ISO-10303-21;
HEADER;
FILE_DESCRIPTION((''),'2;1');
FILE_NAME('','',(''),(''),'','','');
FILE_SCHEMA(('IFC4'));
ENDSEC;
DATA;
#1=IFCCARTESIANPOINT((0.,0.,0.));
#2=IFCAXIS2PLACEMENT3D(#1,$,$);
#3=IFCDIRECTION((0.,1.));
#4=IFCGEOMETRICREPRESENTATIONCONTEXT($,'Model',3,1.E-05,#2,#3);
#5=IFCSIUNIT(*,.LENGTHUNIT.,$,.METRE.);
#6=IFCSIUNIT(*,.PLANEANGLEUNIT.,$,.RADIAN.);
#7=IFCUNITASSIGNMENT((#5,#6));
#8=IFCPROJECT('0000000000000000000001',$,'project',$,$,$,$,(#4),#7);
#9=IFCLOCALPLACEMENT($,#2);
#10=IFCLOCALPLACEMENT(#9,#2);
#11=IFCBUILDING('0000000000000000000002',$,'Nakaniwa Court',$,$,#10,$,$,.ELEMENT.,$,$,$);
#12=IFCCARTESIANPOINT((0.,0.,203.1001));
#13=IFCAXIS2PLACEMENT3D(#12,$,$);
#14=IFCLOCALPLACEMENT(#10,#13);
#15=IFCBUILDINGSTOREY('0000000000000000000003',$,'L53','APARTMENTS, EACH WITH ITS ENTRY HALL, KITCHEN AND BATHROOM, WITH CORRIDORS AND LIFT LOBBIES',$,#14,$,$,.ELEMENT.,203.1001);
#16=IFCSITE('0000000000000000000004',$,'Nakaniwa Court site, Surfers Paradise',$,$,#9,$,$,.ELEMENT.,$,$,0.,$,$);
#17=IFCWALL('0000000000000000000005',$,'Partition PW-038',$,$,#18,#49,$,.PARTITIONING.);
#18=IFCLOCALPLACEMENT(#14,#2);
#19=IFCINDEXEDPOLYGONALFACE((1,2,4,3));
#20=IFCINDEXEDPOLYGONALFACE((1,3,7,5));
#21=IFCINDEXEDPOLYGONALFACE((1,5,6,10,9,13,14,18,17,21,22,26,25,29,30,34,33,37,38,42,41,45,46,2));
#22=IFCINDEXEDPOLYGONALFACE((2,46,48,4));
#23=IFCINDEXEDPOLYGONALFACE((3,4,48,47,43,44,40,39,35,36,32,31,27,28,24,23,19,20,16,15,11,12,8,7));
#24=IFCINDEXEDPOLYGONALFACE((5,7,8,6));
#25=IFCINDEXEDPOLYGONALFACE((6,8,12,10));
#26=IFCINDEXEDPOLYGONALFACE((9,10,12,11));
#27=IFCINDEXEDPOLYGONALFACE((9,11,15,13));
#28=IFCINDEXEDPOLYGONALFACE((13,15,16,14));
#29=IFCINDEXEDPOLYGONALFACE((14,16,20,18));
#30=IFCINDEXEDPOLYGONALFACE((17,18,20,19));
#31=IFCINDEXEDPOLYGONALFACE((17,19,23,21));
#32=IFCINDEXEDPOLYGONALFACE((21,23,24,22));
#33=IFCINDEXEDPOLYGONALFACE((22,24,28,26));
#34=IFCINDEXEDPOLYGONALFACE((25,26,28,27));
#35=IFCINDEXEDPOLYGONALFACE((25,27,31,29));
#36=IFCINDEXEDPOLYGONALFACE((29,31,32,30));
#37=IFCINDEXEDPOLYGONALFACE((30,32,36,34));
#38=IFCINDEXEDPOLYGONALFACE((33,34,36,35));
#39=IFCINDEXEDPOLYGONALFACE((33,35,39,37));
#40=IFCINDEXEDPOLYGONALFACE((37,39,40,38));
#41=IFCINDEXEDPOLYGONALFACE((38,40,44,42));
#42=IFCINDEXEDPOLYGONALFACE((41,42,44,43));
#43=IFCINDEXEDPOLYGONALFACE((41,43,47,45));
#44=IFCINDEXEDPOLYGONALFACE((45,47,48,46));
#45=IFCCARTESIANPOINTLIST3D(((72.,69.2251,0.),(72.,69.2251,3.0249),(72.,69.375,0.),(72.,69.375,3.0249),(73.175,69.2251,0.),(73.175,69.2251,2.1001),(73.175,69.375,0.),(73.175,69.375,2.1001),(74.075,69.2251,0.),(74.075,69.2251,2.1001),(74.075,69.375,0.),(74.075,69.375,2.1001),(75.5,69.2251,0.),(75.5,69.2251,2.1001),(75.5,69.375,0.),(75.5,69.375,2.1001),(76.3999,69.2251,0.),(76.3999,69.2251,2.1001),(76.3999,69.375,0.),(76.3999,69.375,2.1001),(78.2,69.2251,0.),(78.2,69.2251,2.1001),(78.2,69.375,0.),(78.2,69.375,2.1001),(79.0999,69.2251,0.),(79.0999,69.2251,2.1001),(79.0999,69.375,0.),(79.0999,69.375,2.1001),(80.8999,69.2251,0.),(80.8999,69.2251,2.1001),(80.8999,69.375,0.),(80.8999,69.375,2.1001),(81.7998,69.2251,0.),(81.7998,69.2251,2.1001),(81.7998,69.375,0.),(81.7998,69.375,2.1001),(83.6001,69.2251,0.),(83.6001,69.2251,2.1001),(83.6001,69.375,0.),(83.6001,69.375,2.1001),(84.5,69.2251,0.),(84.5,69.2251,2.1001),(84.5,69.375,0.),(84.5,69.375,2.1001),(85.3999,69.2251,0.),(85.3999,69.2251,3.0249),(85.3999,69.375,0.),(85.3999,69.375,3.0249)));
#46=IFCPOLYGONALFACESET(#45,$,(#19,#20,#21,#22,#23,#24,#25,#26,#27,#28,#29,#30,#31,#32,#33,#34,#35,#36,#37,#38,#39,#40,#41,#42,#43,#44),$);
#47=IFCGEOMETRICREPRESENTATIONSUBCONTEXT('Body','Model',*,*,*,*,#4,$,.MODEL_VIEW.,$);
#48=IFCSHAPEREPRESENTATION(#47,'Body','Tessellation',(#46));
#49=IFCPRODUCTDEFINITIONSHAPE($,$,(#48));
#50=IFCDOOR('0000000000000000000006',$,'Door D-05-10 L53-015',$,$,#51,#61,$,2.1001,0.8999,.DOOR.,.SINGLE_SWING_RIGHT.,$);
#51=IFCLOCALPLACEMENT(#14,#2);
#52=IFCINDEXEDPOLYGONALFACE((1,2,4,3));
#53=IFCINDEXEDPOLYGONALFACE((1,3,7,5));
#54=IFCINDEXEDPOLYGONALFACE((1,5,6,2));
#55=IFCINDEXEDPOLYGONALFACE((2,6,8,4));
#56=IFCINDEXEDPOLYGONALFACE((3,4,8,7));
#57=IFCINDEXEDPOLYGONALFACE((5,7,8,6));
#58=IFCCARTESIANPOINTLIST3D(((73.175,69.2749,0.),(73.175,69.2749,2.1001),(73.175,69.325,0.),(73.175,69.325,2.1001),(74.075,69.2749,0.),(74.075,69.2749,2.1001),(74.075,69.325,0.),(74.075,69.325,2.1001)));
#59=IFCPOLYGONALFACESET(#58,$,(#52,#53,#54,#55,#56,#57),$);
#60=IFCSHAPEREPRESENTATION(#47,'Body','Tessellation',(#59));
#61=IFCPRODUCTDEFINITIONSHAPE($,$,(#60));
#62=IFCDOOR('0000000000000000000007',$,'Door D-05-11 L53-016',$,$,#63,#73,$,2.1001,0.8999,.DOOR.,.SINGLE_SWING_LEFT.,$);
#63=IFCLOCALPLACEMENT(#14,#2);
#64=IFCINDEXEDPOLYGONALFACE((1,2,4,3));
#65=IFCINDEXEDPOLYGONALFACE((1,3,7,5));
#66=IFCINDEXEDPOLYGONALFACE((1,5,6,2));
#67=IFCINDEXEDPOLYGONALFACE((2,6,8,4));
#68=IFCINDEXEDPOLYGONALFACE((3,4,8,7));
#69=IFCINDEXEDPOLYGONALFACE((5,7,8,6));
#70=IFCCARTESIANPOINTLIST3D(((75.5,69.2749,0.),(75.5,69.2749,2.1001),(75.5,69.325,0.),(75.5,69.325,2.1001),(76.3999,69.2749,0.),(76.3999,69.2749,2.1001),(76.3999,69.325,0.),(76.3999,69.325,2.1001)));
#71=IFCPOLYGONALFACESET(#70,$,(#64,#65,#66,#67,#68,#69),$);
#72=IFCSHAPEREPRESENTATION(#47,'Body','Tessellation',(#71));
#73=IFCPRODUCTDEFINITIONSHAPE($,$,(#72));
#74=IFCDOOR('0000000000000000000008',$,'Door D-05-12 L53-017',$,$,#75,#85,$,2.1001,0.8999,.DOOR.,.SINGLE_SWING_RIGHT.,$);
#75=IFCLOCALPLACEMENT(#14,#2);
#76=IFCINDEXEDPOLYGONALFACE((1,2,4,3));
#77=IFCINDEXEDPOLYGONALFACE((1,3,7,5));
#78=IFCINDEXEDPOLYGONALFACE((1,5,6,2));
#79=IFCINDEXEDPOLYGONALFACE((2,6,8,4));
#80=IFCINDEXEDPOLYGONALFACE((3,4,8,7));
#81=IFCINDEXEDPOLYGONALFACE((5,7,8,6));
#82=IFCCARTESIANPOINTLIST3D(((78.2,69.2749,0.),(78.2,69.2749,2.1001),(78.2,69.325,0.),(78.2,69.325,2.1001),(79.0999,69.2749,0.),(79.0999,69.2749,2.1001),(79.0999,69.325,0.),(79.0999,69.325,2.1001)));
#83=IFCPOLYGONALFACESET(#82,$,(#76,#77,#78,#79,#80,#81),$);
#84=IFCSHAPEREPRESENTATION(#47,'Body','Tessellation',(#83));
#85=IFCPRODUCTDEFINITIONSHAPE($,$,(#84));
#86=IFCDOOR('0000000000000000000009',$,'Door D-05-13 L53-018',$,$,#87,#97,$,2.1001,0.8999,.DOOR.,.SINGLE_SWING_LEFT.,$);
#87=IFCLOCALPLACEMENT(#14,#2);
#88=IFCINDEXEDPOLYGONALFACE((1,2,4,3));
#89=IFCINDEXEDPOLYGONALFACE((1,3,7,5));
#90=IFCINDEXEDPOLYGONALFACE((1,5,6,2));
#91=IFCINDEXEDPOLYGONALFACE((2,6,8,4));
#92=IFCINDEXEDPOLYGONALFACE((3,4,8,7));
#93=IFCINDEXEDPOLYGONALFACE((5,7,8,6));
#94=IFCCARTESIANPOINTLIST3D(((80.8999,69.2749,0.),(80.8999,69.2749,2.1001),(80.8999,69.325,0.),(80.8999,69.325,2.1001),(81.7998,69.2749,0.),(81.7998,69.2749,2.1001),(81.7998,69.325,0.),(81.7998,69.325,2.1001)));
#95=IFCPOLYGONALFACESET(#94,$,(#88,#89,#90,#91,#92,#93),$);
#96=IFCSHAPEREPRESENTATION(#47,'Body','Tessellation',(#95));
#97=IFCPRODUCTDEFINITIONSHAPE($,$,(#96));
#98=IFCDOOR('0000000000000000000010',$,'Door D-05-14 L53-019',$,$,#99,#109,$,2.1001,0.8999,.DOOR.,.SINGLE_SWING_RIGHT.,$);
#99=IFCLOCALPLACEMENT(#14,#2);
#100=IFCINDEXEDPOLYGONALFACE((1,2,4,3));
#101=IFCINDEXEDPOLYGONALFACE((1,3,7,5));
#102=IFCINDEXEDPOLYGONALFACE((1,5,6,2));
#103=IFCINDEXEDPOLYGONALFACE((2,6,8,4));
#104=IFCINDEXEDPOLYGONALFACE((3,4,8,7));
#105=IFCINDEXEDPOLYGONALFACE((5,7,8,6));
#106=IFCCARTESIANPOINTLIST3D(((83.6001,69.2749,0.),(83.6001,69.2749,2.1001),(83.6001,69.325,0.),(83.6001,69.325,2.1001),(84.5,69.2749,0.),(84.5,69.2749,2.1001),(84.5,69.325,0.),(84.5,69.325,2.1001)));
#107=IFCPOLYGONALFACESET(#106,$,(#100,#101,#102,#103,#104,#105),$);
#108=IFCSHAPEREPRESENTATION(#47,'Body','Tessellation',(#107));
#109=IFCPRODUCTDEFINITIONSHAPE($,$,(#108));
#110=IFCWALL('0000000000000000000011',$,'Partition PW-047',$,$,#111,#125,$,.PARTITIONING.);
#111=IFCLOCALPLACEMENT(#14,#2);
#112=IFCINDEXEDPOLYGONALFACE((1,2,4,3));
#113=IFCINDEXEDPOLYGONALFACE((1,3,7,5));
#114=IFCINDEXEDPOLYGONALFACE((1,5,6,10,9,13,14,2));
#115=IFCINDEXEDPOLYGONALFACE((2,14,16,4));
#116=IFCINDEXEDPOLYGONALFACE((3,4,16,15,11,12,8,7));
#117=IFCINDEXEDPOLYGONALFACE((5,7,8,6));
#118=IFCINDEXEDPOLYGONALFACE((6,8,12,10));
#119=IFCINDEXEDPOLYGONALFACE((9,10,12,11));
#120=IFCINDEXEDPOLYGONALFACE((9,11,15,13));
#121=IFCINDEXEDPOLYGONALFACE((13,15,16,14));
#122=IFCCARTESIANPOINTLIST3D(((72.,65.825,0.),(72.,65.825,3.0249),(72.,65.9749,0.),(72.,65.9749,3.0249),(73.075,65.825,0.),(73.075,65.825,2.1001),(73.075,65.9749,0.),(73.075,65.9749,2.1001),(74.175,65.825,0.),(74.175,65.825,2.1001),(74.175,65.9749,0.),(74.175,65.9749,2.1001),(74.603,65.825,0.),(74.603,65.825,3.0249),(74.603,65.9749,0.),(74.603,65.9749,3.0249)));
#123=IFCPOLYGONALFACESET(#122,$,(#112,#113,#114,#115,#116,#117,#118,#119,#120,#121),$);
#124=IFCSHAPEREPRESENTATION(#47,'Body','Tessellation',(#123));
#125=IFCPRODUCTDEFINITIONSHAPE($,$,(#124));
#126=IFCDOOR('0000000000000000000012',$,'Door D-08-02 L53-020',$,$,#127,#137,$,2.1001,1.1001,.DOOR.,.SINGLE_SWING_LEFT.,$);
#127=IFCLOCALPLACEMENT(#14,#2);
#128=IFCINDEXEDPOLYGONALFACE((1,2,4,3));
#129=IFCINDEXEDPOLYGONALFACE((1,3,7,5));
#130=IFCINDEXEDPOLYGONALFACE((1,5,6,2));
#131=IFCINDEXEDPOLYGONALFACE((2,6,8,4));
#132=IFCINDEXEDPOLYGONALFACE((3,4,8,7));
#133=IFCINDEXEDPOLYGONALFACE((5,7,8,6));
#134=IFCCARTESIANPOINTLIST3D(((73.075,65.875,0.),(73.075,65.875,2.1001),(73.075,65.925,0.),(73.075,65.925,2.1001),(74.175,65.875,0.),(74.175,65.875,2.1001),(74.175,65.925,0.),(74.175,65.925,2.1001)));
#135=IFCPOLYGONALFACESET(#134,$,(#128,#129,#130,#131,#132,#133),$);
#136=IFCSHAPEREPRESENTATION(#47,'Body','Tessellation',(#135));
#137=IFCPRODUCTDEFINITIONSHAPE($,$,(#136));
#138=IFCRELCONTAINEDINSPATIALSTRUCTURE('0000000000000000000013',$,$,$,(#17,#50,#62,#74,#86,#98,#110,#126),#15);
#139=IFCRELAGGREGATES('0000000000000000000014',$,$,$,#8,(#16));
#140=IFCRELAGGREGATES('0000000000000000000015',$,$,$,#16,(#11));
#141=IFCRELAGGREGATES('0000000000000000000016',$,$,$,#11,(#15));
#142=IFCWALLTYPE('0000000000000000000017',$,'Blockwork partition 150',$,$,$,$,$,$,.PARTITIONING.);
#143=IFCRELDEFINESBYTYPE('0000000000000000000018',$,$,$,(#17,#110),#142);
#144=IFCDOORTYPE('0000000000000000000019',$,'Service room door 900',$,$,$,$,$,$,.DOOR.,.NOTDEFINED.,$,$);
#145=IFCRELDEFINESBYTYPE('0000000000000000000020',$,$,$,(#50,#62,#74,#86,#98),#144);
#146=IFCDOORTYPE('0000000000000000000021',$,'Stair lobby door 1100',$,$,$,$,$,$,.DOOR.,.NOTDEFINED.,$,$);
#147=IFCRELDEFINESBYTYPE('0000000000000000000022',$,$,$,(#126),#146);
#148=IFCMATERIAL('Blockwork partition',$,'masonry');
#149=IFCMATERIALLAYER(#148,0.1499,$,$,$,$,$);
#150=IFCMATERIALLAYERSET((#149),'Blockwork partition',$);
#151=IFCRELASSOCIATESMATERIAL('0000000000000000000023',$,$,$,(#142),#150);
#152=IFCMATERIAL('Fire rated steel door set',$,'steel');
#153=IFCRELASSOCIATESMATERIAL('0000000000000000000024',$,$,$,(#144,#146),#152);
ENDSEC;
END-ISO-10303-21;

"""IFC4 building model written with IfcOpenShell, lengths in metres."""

from ifc_helpers import new_model, si_unit, direction, frame, frame_2d, origin, place, context, subcontext, project, spatial, rectangle, extrude, material, layer, layer_set, type_object, element, fill, save


model = new_model("IFC4")

# Units and contexts
model_context = context("Model", 3, precision=1e-05, world=origin(), true_north=direction((0.0, 1.0)))
body_context = subcontext(model_context, "Body", "Model", "MODEL_VIEW")
ifc_project = project(units=[si_unit("LENGTHUNIT", "METRE"), si_unit("PLANEANGLEUNIT", "RADIAN")], contexts=[model_context])

# Site, building, storey
site_placement = place(None, origin())
site = spatial("IfcSite", under=ifc_project, at=site_placement, Name="Nakaniwa Court site, Surfers Paradise", CompositionType="ELEMENT", RefElevation=0.0)
building_placement = place(site_placement, origin())
building = spatial("IfcBuilding", under=site, at=building_placement, Name="Nakaniwa Court", CompositionType="ELEMENT")
storey_placement = place(building_placement, frame((0.0, 0.0, 203.1001)))
storey = spatial("IfcBuildingStorey", under=building, at=storey_placement, Name="L53", Description="APARTMENTS, EACH WITH ITS ENTRY HALL, KITCHEN AND BATHROOM, WITH CORRIDORS AND LIFT LOBBIES", CompositionType="ELEMENT", Elevation=203.1001)

# Shared definitions
ifc_material_1 = material(Name="Blockwork partition", Category="masonry")
ifc_layer_1 = layer(ifc_material_1, 0.1499)
ifc_layer_set_1 = layer_set([ifc_layer_1], Name="Blockwork partition")
wall_type_1 = type_object("IfcWallType", Name="Blockwork partition 150", PredefinedType="PARTITIONING", material=ifc_layer_set_1)

# Wall, openings, doors
wall_1_placement = place(storey_placement, frame((72.0, 69.3, 0.0), z_axis=(0.0, 0.0, 1.0), x_axis=(1.0, 0.0, 0.0)))
wall_1 = element("IfcWall", 1, at=wall_1_placement, inside=storey, type_object=wall_type_1, Name="Partition PW-038", PredefinedType="PARTITIONING", context=body_context, shape_type="SweptSolid", body=[
    extrude(rectangle(XDim=13.3999, YDim=0.1499, at=frame_2d((6.7, 0.0))), origin(), (0.0, 0.0, 1.0), 3.0249),
])
opening_1_placement = place(wall_1_placement, frame((1.175, 0.0, 0.0)))
opening_1 = element("IfcOpeningElement", 2, at=opening_1_placement, cuts=wall_1, PredefinedType="OPENING", context=body_context, shape_type="SweptSolid", body=[
    extrude(rectangle(XDim=0.8999, YDim=2.1001, at=frame_2d((0.45, 1.05))), frame((0.0, 0.085, 0.0), z_axis=(0.0, -1.0, 0.0), x_axis=(1.0, 0.0, 0.0)), (0.0, 0.0, 1.0), 0.1699),
])
opening_2_placement = place(wall_1_placement, frame((3.5, 0.0, 0.0)))
opening_2 = element("IfcOpeningElement", 3, at=opening_2_placement, cuts=wall_1, PredefinedType="OPENING", context=body_context, shape_type="SweptSolid", body=[
    extrude(rectangle(XDim=0.8999, YDim=2.1001, at=frame_2d((0.45, 1.05))), frame((0.0, 0.085, 0.0), z_axis=(0.0, -1.0, 0.0), x_axis=(1.0, 0.0, 0.0)), (0.0, 0.0, 1.0), 0.1699),
])
opening_3_placement = place(wall_1_placement, frame((6.2, 0.0, 0.0)))
opening_3 = element("IfcOpeningElement", 4, at=opening_3_placement, cuts=wall_1, PredefinedType="OPENING", context=body_context, shape_type="SweptSolid", body=[
    extrude(rectangle(XDim=0.8999, YDim=2.1001, at=frame_2d((0.45, 1.05))), frame((0.0, 0.085, 0.0), z_axis=(0.0, -1.0, 0.0), x_axis=(1.0, 0.0, 0.0)), (0.0, 0.0, 1.0), 0.1699),
])
opening_4_placement = place(wall_1_placement, frame((8.8999, 0.0, 0.0)))
opening_4 = element("IfcOpeningElement", 5, at=opening_4_placement, cuts=wall_1, PredefinedType="OPENING", context=body_context, shape_type="SweptSolid", body=[
    extrude(rectangle(XDim=0.8999, YDim=2.1001, at=frame_2d((0.45, 1.05))), frame((0.0, 0.085, 0.0), z_axis=(0.0, -1.0, 0.0), x_axis=(1.0, 0.0, 0.0)), (0.0, 0.0, 1.0), 0.1699),
])
opening_5_placement = place(wall_1_placement, frame((11.6001, 0.0, 0.0)))
opening_5 = element("IfcOpeningElement", 6, at=opening_5_placement, cuts=wall_1, PredefinedType="OPENING", context=body_context, shape_type="SweptSolid", body=[
    extrude(rectangle(XDim=0.8999, YDim=2.1001, at=frame_2d((0.45, 1.05))), frame((0.0, 0.085, 0.0), z_axis=(0.0, -1.0, 0.0), x_axis=(1.0, 0.0, 0.0)), (0.0, 0.0, 1.0), 0.1699),
])
ifc_material_2 = material(Name="Fire rated steel door set", Category="steel")
door_type_1 = type_object("IfcDoorType", Name="Service room door 900", OperationType="NOTDEFINED", PredefinedType="DOOR", material=ifc_material_2)
door_1_placement = place(opening_1_placement, origin())
door_1 = element("IfcDoor", 7, at=door_1_placement, inside=storey, type_object=door_type_1, Name="Door D-05-10 L53-015", OperationType="SINGLE_SWING_RIGHT", OverallHeight=2.1001, OverallWidth=0.8999, PredefinedType="DOOR", context=body_context, shape_type="SweptSolid", body=[
    extrude(rectangle(XDim=0.8999, YDim=2.1001, at=frame_2d((0.45, 1.05))), frame((0.0, 0.0249, 0.0), z_axis=(0.0, -1.0, 0.0), x_axis=(1.0, 0.0, 0.0)), (0.0, 0.0, 1.0), 0.05),
])
fill(opening_1, door_1)
door_2_placement = place(opening_2_placement, origin())
door_2 = element("IfcDoor", 8, at=door_2_placement, inside=storey, type_object=door_type_1, Name="Door D-05-11 L53-016", OperationType="SINGLE_SWING_LEFT", OverallHeight=2.1001, OverallWidth=0.8999, PredefinedType="DOOR", context=body_context, shape_type="SweptSolid", body=[
    extrude(rectangle(XDim=0.8999, YDim=2.1001, at=frame_2d((0.45, 1.05))), frame((0.0, 0.0249, 0.0), z_axis=(0.0, -1.0, 0.0), x_axis=(1.0, 0.0, 0.0)), (0.0, 0.0, 1.0), 0.05),
])
fill(opening_2, door_2)
door_3_placement = place(opening_3_placement, origin())
door_3 = element("IfcDoor", 9, at=door_3_placement, inside=storey, type_object=door_type_1, Name="Door D-05-12 L53-017", OperationType="SINGLE_SWING_RIGHT", OverallHeight=2.1001, OverallWidth=0.8999, PredefinedType="DOOR", context=body_context, shape_type="SweptSolid", body=[
    extrude(rectangle(XDim=0.8999, YDim=2.1001, at=frame_2d((0.45, 1.05))), frame((0.0, 0.0249, 0.0), z_axis=(0.0, -1.0, 0.0), x_axis=(1.0, 0.0, 0.0)), (0.0, 0.0, 1.0), 0.05),
])
fill(opening_3, door_3)
door_4_placement = place(opening_4_placement, origin())
door_4 = element("IfcDoor", 10, at=door_4_placement, inside=storey, type_object=door_type_1, Name="Door D-05-13 L53-018", OperationType="SINGLE_SWING_LEFT", OverallHeight=2.1001, OverallWidth=0.8999, PredefinedType="DOOR", context=body_context, shape_type="SweptSolid", body=[
    extrude(rectangle(XDim=0.8999, YDim=2.1001, at=frame_2d((0.45, 1.05))), frame((0.0, 0.0249, 0.0), z_axis=(0.0, -1.0, 0.0), x_axis=(1.0, 0.0, 0.0)), (0.0, 0.0, 1.0), 0.05),
])
fill(opening_4, door_4)
door_5_placement = place(opening_5_placement, origin())
door_5 = element("IfcDoor", 11, at=door_5_placement, inside=storey, type_object=door_type_1, Name="Door D-05-14 L53-019", OperationType="SINGLE_SWING_RIGHT", OverallHeight=2.1001, OverallWidth=0.8999, PredefinedType="DOOR", context=body_context, shape_type="SweptSolid", body=[
    extrude(rectangle(XDim=0.8999, YDim=2.1001, at=frame_2d((0.45, 1.05))), frame((0.0, 0.0249, 0.0), z_axis=(0.0, -1.0, 0.0), x_axis=(1.0, 0.0, 0.0)), (0.0, 0.0, 1.0), 0.05),
])
fill(opening_5, door_5)

# Wall, opening, door
wall_2_placement = place(storey_placement, frame((74.603, 65.8999, 0.0), z_axis=(0.0, 0.0, 1.0), x_axis=(-1.0, 0.0, 0.0)))
wall_2 = element("IfcWall", 12, at=wall_2_placement, inside=storey, type_object=wall_type_1, Name="Partition PW-047", PredefinedType="PARTITIONING", context=body_context, shape_type="SweptSolid", body=[
    extrude(rectangle(XDim=2.603, YDim=0.1499, at=frame_2d((1.3015, 0.0))), origin(), (0.0, 0.0, 1.0), 3.0249),
])
opening_6_placement = place(wall_2_placement, frame((0.428, 0.0, 0.0)))
opening_6 = element("IfcOpeningElement", 13, at=opening_6_placement, cuts=wall_2, PredefinedType="OPENING", context=body_context, shape_type="SweptSolid", body=[
    extrude(rectangle(XDim=1.1001, YDim=2.1001, at=frame_2d((0.55, 1.05))), frame((0.0, 0.085, 0.0), z_axis=(0.0, -1.0, 0.0), x_axis=(1.0, 0.0, 0.0)), (0.0, 0.0, 1.0), 0.1699),
])
door_type_2 = type_object("IfcDoorType", Name="Stair lobby door 1100", OperationType="NOTDEFINED", PredefinedType="DOOR", material=ifc_material_2)
door_6_placement = place(opening_6_placement, origin())
door_6 = element("IfcDoor", 14, at=door_6_placement, inside=storey, type_object=door_type_2, Name="Door D-08-02 L53-020", OperationType="SINGLE_SWING_LEFT", OverallHeight=2.1001, OverallWidth=1.1001, PredefinedType="DOOR", context=body_context, shape_type="SweptSolid", body=[
    extrude(rectangle(XDim=1.1001, YDim=2.1001, at=frame_2d((0.55, 1.05))), frame((0.0, 0.0249, 0.0), z_axis=(0.0, -1.0, 0.0), x_axis=(1.0, 0.0, 0.0)), (0.0, 0.0, 1.0), 0.05),
])
fill(opening_6, door_6)

save(model, "model.ifc")
